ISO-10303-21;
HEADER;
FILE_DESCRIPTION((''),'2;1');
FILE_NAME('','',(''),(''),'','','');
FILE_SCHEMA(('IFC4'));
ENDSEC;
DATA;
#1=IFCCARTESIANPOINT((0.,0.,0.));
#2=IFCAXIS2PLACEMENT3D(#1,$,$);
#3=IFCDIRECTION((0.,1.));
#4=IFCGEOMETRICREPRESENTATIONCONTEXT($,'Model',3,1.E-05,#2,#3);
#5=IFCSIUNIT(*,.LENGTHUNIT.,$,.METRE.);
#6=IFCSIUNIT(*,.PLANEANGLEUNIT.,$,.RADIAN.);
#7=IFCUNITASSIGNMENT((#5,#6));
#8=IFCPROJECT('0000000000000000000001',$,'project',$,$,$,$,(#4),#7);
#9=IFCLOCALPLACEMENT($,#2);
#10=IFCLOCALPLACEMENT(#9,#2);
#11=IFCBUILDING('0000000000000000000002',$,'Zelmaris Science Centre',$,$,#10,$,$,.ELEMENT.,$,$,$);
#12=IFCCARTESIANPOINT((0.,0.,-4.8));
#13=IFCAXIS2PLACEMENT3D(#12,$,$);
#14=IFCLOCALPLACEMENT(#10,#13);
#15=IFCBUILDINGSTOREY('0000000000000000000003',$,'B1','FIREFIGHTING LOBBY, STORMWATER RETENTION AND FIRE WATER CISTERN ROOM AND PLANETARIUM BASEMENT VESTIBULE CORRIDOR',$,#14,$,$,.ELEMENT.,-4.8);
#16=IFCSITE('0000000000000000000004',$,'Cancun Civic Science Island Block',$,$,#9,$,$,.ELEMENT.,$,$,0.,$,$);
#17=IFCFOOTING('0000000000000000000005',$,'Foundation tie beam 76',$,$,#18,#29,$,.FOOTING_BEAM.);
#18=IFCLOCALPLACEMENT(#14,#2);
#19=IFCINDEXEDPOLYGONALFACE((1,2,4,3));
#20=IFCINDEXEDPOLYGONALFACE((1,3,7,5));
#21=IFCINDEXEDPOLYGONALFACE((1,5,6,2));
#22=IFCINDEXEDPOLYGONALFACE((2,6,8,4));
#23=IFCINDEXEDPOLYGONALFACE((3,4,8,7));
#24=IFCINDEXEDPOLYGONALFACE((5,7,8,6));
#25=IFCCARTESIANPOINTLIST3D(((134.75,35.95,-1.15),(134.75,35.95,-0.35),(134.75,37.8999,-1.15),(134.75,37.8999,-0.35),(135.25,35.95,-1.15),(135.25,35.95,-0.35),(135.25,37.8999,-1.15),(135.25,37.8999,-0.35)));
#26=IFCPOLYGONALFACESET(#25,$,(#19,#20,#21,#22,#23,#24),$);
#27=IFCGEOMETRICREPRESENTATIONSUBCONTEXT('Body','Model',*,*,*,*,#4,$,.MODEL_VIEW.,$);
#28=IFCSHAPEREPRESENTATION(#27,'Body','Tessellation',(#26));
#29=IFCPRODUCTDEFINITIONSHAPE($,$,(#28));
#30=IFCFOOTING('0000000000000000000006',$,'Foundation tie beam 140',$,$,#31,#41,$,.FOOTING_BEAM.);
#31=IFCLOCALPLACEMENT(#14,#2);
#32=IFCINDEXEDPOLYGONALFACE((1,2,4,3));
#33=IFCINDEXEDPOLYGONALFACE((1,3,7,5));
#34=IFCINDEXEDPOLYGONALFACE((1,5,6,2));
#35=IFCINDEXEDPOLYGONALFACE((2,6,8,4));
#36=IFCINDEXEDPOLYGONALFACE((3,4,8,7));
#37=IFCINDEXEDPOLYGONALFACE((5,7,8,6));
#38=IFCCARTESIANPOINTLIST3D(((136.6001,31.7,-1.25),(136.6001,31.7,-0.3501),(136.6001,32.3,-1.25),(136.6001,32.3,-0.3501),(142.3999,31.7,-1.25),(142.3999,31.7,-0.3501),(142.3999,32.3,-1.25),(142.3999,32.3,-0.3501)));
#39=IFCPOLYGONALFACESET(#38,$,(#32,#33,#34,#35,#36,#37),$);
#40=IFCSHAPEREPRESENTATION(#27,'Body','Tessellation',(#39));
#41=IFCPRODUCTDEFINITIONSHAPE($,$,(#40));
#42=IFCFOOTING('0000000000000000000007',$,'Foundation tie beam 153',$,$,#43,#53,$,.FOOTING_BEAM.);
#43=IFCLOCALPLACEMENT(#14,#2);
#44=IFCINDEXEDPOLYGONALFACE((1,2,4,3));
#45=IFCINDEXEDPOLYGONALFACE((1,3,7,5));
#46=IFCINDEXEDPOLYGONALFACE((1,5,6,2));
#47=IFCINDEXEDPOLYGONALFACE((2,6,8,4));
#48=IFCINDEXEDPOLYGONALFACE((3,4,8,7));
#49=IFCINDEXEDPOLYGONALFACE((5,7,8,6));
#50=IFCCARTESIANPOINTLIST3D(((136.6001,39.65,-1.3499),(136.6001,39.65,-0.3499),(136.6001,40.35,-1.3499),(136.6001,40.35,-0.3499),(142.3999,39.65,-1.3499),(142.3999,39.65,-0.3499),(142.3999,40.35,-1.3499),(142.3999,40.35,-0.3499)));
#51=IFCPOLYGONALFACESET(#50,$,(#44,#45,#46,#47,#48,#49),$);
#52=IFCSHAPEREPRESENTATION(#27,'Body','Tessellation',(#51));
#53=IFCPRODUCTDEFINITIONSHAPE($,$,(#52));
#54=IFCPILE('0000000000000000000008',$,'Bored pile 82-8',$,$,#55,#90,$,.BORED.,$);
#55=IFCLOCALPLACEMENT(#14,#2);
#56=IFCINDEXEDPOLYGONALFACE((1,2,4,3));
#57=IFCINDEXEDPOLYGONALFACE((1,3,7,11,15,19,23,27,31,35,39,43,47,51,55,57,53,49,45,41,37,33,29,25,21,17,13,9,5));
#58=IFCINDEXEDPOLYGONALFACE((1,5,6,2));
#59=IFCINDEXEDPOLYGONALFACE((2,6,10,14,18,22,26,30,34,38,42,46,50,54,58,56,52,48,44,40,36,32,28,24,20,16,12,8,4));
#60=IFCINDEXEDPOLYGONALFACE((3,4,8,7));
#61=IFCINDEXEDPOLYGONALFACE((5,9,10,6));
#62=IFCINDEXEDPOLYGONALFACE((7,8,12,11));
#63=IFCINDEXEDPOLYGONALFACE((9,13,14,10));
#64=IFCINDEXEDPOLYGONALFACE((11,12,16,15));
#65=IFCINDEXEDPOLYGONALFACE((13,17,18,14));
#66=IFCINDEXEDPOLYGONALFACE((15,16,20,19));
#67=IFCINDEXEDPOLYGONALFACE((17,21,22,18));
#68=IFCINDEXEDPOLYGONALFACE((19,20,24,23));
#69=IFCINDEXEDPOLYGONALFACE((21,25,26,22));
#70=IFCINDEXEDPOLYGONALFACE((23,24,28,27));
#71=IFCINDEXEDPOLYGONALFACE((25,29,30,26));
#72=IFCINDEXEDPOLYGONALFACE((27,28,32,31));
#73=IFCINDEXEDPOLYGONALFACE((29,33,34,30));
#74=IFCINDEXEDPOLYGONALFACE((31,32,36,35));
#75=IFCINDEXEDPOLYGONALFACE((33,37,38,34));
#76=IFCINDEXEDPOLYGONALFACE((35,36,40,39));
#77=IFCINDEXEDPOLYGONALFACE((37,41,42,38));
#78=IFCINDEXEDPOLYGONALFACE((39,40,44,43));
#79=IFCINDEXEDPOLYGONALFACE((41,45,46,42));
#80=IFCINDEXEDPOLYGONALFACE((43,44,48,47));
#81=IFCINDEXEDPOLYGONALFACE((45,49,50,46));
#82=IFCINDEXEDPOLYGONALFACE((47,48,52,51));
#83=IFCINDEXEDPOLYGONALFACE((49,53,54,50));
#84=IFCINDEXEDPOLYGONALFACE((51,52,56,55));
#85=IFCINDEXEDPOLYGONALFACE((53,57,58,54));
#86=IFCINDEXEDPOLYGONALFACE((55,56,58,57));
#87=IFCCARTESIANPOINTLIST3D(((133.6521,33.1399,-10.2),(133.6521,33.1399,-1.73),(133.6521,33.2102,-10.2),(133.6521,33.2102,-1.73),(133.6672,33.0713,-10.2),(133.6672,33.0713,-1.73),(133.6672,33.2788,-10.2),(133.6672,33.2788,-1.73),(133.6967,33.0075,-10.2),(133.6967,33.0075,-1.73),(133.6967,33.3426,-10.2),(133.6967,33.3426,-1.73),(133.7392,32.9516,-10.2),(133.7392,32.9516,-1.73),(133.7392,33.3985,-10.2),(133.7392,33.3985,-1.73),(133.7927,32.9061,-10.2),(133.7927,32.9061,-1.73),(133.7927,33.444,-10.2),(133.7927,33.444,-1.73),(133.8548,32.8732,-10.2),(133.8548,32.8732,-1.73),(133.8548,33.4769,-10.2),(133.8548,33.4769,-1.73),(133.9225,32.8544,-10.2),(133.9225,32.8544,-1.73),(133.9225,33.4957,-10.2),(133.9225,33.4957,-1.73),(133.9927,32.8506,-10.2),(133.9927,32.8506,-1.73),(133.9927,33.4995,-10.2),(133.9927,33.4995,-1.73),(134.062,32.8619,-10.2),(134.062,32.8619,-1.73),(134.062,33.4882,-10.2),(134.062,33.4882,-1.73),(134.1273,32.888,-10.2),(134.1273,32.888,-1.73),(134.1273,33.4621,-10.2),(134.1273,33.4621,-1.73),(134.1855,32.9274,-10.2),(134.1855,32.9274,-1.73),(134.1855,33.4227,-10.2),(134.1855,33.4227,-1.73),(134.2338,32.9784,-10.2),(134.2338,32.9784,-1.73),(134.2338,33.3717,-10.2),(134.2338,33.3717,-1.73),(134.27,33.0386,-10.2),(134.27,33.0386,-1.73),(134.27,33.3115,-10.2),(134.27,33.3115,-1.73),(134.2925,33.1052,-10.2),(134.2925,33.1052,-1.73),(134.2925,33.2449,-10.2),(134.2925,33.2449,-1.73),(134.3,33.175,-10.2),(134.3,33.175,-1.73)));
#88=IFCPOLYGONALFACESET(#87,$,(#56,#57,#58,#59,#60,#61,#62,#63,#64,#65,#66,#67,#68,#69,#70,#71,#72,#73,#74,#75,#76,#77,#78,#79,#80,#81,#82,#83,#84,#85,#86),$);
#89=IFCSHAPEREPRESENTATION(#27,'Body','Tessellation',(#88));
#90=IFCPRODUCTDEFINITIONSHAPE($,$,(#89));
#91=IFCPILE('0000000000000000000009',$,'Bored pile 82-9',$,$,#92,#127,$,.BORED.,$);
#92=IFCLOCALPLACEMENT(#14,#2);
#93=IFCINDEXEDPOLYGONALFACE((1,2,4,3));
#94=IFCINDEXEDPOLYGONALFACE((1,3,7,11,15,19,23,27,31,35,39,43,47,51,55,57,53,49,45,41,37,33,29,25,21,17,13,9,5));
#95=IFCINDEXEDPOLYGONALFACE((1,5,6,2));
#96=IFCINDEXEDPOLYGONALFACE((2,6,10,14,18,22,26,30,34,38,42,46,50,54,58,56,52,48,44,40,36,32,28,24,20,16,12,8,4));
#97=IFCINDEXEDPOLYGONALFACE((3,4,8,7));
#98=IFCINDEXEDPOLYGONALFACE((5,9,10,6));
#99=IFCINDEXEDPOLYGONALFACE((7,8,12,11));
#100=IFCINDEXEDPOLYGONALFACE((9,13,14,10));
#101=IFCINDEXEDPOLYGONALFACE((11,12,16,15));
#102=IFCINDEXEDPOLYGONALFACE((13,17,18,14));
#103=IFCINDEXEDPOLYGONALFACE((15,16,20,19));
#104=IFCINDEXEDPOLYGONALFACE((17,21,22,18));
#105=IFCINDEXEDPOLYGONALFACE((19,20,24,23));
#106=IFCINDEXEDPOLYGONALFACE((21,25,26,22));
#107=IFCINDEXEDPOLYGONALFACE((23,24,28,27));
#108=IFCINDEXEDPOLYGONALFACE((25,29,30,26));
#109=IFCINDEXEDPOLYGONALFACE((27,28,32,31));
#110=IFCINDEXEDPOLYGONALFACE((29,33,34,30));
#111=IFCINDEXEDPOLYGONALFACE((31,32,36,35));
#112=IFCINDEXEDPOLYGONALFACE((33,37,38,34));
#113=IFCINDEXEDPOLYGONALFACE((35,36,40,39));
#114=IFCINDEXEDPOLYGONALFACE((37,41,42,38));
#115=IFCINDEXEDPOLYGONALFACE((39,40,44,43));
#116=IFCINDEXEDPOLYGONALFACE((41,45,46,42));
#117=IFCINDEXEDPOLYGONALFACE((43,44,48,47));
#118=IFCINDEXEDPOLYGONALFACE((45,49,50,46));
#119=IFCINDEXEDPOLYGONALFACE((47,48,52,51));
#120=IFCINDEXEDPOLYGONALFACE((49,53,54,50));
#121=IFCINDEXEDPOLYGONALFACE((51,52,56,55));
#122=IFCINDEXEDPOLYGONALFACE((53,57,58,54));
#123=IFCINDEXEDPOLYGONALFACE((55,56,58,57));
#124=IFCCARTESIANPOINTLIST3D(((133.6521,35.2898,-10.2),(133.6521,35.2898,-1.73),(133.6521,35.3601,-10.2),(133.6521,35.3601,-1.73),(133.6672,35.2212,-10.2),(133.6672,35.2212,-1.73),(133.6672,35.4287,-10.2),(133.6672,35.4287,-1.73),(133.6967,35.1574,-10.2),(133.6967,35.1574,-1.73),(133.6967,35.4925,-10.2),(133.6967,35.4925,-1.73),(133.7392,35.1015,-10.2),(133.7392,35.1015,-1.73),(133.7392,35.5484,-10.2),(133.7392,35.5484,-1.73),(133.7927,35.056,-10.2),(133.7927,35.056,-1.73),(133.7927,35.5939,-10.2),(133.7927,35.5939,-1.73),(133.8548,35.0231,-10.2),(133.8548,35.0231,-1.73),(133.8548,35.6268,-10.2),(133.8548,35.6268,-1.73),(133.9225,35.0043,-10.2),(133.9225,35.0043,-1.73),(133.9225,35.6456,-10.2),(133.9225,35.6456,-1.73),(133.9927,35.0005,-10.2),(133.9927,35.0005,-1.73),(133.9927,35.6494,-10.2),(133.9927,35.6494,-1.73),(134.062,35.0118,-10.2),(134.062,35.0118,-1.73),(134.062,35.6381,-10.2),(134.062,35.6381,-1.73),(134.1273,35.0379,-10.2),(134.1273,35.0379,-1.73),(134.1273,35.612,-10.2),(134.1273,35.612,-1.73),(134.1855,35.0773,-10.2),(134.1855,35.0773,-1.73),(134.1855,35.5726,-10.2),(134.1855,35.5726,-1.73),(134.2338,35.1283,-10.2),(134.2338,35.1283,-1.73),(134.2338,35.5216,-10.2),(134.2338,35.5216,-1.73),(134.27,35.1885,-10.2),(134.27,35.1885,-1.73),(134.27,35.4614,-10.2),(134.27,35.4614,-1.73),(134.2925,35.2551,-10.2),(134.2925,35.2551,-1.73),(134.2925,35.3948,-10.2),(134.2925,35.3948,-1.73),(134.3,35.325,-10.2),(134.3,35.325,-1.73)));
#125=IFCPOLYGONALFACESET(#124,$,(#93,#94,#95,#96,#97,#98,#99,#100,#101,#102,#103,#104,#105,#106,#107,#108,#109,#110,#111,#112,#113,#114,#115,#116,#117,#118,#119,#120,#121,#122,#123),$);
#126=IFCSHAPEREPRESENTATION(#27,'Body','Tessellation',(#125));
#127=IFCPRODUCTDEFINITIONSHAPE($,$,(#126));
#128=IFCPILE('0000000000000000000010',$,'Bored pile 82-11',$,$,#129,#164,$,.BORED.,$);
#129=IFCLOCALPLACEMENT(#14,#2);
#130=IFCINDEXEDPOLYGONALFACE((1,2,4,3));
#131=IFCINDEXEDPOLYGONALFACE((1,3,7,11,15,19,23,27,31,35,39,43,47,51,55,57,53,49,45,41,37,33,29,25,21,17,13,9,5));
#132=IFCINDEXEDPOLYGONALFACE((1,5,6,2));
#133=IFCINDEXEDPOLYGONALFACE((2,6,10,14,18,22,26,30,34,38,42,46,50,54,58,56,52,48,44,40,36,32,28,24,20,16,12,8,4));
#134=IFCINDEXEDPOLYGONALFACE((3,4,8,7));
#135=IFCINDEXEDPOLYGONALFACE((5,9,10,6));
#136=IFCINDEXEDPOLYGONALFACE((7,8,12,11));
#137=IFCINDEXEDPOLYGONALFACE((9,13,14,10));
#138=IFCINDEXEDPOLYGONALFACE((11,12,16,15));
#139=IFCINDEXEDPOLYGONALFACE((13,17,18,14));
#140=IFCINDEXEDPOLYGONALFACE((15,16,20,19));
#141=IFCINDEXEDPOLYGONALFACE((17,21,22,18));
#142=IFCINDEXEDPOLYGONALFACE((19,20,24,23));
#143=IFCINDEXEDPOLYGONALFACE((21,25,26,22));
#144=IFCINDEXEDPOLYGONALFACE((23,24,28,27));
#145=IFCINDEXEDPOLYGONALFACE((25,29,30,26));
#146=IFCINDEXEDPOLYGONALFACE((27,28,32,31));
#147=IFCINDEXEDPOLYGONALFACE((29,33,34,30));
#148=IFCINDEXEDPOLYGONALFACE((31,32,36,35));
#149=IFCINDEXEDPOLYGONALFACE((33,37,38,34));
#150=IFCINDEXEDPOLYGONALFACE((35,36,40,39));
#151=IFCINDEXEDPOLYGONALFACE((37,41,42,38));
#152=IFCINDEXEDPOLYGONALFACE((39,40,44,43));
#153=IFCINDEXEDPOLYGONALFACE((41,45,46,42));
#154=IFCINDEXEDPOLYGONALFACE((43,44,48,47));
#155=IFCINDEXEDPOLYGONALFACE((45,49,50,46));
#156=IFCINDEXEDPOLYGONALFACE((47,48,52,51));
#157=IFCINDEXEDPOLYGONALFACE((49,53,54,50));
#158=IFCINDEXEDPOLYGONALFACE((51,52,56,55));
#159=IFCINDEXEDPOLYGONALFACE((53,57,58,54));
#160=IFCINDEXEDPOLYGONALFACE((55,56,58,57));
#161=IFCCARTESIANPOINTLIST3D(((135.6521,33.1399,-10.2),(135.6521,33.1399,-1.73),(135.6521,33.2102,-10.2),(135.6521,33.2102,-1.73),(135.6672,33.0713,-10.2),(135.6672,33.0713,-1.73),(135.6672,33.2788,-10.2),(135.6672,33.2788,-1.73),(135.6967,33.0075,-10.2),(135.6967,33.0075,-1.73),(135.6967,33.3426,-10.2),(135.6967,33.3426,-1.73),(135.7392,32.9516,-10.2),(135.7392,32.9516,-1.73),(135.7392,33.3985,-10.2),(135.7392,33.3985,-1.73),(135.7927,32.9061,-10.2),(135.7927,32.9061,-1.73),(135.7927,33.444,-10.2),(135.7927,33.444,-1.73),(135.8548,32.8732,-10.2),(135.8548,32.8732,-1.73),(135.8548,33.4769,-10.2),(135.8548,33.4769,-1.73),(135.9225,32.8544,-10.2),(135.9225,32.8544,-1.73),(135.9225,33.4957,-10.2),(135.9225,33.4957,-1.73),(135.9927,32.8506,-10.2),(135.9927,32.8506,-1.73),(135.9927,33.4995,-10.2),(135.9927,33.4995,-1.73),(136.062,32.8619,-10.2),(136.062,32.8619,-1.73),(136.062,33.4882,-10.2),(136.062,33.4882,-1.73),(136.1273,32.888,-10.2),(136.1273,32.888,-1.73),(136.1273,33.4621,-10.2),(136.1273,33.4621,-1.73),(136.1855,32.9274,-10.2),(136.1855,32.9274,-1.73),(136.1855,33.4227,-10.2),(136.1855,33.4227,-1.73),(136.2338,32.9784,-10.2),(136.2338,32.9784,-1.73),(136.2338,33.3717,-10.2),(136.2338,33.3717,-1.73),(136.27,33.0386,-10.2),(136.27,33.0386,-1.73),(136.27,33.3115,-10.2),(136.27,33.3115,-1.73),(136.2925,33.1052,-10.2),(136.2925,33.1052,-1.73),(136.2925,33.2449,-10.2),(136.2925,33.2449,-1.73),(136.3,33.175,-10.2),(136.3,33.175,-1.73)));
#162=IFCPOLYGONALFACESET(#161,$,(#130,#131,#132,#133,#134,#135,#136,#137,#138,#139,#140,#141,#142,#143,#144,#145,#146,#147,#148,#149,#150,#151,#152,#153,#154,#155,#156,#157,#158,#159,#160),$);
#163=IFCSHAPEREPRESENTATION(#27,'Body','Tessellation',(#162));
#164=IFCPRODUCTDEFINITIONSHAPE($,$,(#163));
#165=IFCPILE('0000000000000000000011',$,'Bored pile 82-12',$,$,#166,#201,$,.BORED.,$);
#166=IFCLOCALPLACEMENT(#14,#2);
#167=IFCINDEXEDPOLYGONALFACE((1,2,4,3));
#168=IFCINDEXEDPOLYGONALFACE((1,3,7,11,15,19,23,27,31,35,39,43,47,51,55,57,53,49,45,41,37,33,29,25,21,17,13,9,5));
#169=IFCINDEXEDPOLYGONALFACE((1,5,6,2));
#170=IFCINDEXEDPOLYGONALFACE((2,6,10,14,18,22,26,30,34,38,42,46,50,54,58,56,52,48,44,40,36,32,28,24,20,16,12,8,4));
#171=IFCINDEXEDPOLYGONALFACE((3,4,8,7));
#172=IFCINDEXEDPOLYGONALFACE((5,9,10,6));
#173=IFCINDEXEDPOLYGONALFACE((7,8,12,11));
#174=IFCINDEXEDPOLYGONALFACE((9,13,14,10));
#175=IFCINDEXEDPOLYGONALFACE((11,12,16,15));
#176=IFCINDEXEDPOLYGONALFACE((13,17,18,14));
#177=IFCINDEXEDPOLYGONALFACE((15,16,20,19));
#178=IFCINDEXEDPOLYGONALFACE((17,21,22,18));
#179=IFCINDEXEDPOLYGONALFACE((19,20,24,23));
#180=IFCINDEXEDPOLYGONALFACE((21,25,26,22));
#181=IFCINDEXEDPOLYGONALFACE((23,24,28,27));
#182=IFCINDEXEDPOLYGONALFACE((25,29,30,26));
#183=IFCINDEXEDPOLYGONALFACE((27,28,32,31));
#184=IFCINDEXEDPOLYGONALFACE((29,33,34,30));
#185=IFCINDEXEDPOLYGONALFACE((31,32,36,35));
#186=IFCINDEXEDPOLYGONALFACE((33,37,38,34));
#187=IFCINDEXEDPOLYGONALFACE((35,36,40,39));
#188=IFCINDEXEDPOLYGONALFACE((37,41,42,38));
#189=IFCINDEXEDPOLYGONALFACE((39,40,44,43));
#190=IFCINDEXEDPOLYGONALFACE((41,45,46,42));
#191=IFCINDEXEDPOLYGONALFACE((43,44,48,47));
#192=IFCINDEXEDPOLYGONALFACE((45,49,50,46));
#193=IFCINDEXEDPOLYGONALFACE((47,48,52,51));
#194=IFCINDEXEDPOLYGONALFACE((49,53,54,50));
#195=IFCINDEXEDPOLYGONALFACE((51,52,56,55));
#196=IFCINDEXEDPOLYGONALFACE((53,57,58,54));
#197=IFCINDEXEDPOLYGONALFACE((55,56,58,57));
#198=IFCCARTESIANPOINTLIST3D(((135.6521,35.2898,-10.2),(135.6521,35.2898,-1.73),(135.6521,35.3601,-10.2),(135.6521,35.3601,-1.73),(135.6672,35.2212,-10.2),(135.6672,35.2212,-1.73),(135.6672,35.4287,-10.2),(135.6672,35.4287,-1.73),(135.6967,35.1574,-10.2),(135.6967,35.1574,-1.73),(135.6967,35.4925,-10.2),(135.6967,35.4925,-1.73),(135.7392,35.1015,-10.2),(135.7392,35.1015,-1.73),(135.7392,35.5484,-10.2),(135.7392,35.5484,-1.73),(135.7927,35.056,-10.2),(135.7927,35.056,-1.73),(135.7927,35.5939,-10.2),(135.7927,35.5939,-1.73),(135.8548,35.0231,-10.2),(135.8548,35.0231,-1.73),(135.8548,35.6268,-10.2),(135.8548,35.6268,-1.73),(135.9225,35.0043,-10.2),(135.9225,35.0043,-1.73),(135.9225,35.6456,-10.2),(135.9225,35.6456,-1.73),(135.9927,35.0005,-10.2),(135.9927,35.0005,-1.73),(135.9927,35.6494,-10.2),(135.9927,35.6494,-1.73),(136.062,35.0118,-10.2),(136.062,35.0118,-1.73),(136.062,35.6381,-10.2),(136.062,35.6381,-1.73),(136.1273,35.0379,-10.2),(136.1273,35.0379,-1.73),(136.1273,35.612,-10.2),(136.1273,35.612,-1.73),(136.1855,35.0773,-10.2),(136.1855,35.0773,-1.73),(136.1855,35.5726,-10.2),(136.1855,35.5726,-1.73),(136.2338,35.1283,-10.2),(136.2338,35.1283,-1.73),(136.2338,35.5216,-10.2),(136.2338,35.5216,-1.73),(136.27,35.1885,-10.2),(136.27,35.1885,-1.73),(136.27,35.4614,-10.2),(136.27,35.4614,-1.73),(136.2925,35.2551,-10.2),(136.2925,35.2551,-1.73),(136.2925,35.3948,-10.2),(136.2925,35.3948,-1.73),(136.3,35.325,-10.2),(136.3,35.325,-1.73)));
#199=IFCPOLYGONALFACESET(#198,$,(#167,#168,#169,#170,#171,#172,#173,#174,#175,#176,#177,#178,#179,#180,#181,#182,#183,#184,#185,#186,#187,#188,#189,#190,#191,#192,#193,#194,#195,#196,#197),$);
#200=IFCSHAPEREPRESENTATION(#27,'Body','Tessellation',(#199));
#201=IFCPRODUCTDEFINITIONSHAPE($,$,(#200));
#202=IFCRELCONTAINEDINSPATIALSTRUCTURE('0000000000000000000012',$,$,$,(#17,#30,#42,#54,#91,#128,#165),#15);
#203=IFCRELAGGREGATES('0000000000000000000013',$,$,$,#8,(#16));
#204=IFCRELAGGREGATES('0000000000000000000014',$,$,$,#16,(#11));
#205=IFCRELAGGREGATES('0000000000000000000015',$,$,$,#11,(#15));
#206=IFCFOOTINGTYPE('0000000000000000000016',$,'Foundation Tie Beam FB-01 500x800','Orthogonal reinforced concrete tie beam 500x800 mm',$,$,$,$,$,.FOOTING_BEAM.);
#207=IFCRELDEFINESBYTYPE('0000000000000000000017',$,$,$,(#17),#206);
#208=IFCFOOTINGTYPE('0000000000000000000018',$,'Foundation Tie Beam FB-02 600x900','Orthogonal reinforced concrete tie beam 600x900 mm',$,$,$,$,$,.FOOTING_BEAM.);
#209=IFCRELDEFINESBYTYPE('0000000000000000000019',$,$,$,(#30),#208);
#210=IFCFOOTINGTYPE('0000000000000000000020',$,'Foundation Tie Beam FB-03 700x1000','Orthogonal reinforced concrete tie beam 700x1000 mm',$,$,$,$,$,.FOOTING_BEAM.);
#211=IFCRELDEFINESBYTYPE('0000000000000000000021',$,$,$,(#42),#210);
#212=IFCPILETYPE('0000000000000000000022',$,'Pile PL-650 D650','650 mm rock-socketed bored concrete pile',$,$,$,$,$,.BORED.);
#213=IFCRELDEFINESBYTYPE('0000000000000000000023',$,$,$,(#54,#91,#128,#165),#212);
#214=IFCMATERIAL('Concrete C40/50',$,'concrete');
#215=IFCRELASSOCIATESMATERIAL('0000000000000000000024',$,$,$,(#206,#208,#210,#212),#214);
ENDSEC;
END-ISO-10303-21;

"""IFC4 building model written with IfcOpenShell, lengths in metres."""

from ifc_helpers import new_model, si_unit, direction, frame, origin, origin_2d, place, context, subcontext, project, spatial, rectangle, circle, extrude, material, material_profile, profile_set, type_object, element, save


model = new_model("IFC4")

# Units and contexts
model_context = context("Model", 3, precision=1e-05, world=origin(), true_north=direction((0.0, 1.0)))
body_context = subcontext(model_context, "Body", "Model", "MODEL_VIEW")
ifc_project = project(units=[si_unit("LENGTHUNIT", "METRE"), si_unit("PLANEANGLEUNIT", "RADIAN")], contexts=[model_context])

# Site, building, storey
site_placement = place(None, origin())
site = spatial("IfcSite", under=ifc_project, at=site_placement, Name="Cancun Civic Science Island Block", CompositionType="ELEMENT", RefElevation=0.0)
building_placement = place(site_placement, origin())
building = spatial("IfcBuilding", under=site, at=building_placement, Name="Zelmaris Science Centre", CompositionType="ELEMENT")
storey_placement = place(building_placement, frame((0.0, 0.0, -4.8)))
storey = spatial("IfcBuildingStorey", under=building, at=storey_placement, Name="B1", Description="FIREFIGHTING LOBBY, STORMWATER RETENTION AND FIRE WATER CISTERN ROOM AND PLANETARIUM BASEMENT VESTIBULE CORRIDOR", CompositionType="ELEMENT", Elevation=-4.8)

# Footings
ifc_material_1 = material(Name="Concrete C40/50", Category="concrete")
ifc_material_profile_1 = material_profile(ifc_material_1, rectangle(XDim=0.5, YDim=0.8, at=origin_2d()), Name="FB-500X800")
ifc_profile_set_1 = profile_set([ifc_material_profile_1], Name="Concrete C40/50")
footing_type_1 = type_object("IfcFootingType", Name="Foundation Tie Beam FB-01 500x800", Description="Orthogonal reinforced concrete tie beam 500x800 mm", PredefinedType="FOOTING_BEAM", material=ifc_profile_set_1)
footing_1_placement = place(storey_placement, frame((135.0, 35.95, -0.75), z_axis=(0.0, 1.0, 0.0), x_axis=(-1.0, 0.0, 0.0)))
element("IfcFooting", 1, at=footing_1_placement, inside=storey, type_object=footing_type_1, Name="Foundation tie beam 76", PredefinedType="FOOTING_BEAM", context=body_context, shape_type="SweptSolid", body=[
    extrude(rectangle(XDim=0.5, YDim=0.8, at=origin_2d()), origin(), (0.0, 0.0, 1.0), 1.95),
])
ifc_material_profile_2 = material_profile(ifc_material_1, rectangle(XDim=0.6001, YDim=0.8999, at=origin_2d()), Name="FB-600X900")
ifc_profile_set_2 = profile_set([ifc_material_profile_2], Name="Concrete C40/50")
footing_type_2 = type_object("IfcFootingType", Name="Foundation Tie Beam FB-02 600x900", Description="Orthogonal reinforced concrete tie beam 600x900 mm", PredefinedType="FOOTING_BEAM", material=ifc_profile_set_2)
footing_2_placement = place(storey_placement, frame((136.6001, 32.0, -0.8), z_axis=(1.0, 0.0, 0.0), x_axis=(0.0, 1.0, 0.0)))
element("IfcFooting", 2, at=footing_2_placement, inside=storey, type_object=footing_type_2, Name="Foundation tie beam 140", PredefinedType="FOOTING_BEAM", context=body_context, shape_type="SweptSolid", body=[
    extrude(rectangle(XDim=0.6001, YDim=0.8999, at=origin_2d()), origin(), (0.0, 0.0, 1.0), 5.7998),
])
ifc_material_profile_3 = material_profile(ifc_material_1, rectangle(XDim=0.7, YDim=1.0, at=origin_2d()), Name="FB-700X1000")
ifc_profile_set_3 = profile_set([ifc_material_profile_3], Name="Concrete C40/50")
footing_type_3 = type_object("IfcFootingType", Name="Foundation Tie Beam FB-03 700x1000", Description="Orthogonal reinforced concrete tie beam 700x1000 mm", PredefinedType="FOOTING_BEAM", material=ifc_profile_set_3)
footing_3_placement = place(storey_placement, frame((136.6001, 40.0, -0.8499), z_axis=(1.0, 0.0, 0.0), x_axis=(0.0, 1.0, 0.0)))
element("IfcFooting", 3, at=footing_3_placement, inside=storey, type_object=footing_type_3, Name="Foundation tie beam 153", PredefinedType="FOOTING_BEAM", context=body_context, shape_type="SweptSolid", body=[
    extrude(rectangle(XDim=0.7, YDim=1.0, at=origin_2d()), origin(), (0.0, 0.0, 1.0), 5.7998),
])

# Piles
ifc_material_profile_4 = material_profile(ifc_material_1, circle(Radius=0.325, at=origin_2d()), Name="PILE-650")
ifc_profile_set_4 = profile_set([ifc_material_profile_4], Name="Concrete C40/50")
pile_type_1 = type_object("IfcPileType", Name="Pile PL-650 D650", Description="650 mm rock-socketed bored concrete pile", PredefinedType="BORED", material=ifc_profile_set_4)
for number, where, z_axis, x_axis, name in (
    (4, (133.9751, 33.175, -1.73), (0.0, 0.0, -1.0), (1.0, 0.0, 0.0), "Bored pile 82-8"),
    (5, (133.9751, 35.325, -1.73), (0.0, 0.0, -1.0), (1.0, 0.0, 0.0), "Bored pile 82-9"),
    (6, (135.9751, 33.175, -1.73), (0.0, 0.0, -1.0), (1.0, 0.0, 0.0), "Bored pile 82-11"),
    (7, (135.9751, 35.325, -1.73), (0.0, 0.0, -1.0), (1.0, 0.0, 0.0), "Bored pile 82-12"),
):
    element("IfcPile", number, at=place(storey_placement, frame(where, z_axis=z_axis, x_axis=x_axis)), inside=storey, type_object=pile_type_1, Name=name, PredefinedType="BORED", context=body_context, shape_type="SweptSolid", body=[
        extrude(circle(Radius=0.325, at=origin_2d()), origin(), (0.0, 0.0, 1.0), 8.47),
    ])

save(model, "model.ifc")
